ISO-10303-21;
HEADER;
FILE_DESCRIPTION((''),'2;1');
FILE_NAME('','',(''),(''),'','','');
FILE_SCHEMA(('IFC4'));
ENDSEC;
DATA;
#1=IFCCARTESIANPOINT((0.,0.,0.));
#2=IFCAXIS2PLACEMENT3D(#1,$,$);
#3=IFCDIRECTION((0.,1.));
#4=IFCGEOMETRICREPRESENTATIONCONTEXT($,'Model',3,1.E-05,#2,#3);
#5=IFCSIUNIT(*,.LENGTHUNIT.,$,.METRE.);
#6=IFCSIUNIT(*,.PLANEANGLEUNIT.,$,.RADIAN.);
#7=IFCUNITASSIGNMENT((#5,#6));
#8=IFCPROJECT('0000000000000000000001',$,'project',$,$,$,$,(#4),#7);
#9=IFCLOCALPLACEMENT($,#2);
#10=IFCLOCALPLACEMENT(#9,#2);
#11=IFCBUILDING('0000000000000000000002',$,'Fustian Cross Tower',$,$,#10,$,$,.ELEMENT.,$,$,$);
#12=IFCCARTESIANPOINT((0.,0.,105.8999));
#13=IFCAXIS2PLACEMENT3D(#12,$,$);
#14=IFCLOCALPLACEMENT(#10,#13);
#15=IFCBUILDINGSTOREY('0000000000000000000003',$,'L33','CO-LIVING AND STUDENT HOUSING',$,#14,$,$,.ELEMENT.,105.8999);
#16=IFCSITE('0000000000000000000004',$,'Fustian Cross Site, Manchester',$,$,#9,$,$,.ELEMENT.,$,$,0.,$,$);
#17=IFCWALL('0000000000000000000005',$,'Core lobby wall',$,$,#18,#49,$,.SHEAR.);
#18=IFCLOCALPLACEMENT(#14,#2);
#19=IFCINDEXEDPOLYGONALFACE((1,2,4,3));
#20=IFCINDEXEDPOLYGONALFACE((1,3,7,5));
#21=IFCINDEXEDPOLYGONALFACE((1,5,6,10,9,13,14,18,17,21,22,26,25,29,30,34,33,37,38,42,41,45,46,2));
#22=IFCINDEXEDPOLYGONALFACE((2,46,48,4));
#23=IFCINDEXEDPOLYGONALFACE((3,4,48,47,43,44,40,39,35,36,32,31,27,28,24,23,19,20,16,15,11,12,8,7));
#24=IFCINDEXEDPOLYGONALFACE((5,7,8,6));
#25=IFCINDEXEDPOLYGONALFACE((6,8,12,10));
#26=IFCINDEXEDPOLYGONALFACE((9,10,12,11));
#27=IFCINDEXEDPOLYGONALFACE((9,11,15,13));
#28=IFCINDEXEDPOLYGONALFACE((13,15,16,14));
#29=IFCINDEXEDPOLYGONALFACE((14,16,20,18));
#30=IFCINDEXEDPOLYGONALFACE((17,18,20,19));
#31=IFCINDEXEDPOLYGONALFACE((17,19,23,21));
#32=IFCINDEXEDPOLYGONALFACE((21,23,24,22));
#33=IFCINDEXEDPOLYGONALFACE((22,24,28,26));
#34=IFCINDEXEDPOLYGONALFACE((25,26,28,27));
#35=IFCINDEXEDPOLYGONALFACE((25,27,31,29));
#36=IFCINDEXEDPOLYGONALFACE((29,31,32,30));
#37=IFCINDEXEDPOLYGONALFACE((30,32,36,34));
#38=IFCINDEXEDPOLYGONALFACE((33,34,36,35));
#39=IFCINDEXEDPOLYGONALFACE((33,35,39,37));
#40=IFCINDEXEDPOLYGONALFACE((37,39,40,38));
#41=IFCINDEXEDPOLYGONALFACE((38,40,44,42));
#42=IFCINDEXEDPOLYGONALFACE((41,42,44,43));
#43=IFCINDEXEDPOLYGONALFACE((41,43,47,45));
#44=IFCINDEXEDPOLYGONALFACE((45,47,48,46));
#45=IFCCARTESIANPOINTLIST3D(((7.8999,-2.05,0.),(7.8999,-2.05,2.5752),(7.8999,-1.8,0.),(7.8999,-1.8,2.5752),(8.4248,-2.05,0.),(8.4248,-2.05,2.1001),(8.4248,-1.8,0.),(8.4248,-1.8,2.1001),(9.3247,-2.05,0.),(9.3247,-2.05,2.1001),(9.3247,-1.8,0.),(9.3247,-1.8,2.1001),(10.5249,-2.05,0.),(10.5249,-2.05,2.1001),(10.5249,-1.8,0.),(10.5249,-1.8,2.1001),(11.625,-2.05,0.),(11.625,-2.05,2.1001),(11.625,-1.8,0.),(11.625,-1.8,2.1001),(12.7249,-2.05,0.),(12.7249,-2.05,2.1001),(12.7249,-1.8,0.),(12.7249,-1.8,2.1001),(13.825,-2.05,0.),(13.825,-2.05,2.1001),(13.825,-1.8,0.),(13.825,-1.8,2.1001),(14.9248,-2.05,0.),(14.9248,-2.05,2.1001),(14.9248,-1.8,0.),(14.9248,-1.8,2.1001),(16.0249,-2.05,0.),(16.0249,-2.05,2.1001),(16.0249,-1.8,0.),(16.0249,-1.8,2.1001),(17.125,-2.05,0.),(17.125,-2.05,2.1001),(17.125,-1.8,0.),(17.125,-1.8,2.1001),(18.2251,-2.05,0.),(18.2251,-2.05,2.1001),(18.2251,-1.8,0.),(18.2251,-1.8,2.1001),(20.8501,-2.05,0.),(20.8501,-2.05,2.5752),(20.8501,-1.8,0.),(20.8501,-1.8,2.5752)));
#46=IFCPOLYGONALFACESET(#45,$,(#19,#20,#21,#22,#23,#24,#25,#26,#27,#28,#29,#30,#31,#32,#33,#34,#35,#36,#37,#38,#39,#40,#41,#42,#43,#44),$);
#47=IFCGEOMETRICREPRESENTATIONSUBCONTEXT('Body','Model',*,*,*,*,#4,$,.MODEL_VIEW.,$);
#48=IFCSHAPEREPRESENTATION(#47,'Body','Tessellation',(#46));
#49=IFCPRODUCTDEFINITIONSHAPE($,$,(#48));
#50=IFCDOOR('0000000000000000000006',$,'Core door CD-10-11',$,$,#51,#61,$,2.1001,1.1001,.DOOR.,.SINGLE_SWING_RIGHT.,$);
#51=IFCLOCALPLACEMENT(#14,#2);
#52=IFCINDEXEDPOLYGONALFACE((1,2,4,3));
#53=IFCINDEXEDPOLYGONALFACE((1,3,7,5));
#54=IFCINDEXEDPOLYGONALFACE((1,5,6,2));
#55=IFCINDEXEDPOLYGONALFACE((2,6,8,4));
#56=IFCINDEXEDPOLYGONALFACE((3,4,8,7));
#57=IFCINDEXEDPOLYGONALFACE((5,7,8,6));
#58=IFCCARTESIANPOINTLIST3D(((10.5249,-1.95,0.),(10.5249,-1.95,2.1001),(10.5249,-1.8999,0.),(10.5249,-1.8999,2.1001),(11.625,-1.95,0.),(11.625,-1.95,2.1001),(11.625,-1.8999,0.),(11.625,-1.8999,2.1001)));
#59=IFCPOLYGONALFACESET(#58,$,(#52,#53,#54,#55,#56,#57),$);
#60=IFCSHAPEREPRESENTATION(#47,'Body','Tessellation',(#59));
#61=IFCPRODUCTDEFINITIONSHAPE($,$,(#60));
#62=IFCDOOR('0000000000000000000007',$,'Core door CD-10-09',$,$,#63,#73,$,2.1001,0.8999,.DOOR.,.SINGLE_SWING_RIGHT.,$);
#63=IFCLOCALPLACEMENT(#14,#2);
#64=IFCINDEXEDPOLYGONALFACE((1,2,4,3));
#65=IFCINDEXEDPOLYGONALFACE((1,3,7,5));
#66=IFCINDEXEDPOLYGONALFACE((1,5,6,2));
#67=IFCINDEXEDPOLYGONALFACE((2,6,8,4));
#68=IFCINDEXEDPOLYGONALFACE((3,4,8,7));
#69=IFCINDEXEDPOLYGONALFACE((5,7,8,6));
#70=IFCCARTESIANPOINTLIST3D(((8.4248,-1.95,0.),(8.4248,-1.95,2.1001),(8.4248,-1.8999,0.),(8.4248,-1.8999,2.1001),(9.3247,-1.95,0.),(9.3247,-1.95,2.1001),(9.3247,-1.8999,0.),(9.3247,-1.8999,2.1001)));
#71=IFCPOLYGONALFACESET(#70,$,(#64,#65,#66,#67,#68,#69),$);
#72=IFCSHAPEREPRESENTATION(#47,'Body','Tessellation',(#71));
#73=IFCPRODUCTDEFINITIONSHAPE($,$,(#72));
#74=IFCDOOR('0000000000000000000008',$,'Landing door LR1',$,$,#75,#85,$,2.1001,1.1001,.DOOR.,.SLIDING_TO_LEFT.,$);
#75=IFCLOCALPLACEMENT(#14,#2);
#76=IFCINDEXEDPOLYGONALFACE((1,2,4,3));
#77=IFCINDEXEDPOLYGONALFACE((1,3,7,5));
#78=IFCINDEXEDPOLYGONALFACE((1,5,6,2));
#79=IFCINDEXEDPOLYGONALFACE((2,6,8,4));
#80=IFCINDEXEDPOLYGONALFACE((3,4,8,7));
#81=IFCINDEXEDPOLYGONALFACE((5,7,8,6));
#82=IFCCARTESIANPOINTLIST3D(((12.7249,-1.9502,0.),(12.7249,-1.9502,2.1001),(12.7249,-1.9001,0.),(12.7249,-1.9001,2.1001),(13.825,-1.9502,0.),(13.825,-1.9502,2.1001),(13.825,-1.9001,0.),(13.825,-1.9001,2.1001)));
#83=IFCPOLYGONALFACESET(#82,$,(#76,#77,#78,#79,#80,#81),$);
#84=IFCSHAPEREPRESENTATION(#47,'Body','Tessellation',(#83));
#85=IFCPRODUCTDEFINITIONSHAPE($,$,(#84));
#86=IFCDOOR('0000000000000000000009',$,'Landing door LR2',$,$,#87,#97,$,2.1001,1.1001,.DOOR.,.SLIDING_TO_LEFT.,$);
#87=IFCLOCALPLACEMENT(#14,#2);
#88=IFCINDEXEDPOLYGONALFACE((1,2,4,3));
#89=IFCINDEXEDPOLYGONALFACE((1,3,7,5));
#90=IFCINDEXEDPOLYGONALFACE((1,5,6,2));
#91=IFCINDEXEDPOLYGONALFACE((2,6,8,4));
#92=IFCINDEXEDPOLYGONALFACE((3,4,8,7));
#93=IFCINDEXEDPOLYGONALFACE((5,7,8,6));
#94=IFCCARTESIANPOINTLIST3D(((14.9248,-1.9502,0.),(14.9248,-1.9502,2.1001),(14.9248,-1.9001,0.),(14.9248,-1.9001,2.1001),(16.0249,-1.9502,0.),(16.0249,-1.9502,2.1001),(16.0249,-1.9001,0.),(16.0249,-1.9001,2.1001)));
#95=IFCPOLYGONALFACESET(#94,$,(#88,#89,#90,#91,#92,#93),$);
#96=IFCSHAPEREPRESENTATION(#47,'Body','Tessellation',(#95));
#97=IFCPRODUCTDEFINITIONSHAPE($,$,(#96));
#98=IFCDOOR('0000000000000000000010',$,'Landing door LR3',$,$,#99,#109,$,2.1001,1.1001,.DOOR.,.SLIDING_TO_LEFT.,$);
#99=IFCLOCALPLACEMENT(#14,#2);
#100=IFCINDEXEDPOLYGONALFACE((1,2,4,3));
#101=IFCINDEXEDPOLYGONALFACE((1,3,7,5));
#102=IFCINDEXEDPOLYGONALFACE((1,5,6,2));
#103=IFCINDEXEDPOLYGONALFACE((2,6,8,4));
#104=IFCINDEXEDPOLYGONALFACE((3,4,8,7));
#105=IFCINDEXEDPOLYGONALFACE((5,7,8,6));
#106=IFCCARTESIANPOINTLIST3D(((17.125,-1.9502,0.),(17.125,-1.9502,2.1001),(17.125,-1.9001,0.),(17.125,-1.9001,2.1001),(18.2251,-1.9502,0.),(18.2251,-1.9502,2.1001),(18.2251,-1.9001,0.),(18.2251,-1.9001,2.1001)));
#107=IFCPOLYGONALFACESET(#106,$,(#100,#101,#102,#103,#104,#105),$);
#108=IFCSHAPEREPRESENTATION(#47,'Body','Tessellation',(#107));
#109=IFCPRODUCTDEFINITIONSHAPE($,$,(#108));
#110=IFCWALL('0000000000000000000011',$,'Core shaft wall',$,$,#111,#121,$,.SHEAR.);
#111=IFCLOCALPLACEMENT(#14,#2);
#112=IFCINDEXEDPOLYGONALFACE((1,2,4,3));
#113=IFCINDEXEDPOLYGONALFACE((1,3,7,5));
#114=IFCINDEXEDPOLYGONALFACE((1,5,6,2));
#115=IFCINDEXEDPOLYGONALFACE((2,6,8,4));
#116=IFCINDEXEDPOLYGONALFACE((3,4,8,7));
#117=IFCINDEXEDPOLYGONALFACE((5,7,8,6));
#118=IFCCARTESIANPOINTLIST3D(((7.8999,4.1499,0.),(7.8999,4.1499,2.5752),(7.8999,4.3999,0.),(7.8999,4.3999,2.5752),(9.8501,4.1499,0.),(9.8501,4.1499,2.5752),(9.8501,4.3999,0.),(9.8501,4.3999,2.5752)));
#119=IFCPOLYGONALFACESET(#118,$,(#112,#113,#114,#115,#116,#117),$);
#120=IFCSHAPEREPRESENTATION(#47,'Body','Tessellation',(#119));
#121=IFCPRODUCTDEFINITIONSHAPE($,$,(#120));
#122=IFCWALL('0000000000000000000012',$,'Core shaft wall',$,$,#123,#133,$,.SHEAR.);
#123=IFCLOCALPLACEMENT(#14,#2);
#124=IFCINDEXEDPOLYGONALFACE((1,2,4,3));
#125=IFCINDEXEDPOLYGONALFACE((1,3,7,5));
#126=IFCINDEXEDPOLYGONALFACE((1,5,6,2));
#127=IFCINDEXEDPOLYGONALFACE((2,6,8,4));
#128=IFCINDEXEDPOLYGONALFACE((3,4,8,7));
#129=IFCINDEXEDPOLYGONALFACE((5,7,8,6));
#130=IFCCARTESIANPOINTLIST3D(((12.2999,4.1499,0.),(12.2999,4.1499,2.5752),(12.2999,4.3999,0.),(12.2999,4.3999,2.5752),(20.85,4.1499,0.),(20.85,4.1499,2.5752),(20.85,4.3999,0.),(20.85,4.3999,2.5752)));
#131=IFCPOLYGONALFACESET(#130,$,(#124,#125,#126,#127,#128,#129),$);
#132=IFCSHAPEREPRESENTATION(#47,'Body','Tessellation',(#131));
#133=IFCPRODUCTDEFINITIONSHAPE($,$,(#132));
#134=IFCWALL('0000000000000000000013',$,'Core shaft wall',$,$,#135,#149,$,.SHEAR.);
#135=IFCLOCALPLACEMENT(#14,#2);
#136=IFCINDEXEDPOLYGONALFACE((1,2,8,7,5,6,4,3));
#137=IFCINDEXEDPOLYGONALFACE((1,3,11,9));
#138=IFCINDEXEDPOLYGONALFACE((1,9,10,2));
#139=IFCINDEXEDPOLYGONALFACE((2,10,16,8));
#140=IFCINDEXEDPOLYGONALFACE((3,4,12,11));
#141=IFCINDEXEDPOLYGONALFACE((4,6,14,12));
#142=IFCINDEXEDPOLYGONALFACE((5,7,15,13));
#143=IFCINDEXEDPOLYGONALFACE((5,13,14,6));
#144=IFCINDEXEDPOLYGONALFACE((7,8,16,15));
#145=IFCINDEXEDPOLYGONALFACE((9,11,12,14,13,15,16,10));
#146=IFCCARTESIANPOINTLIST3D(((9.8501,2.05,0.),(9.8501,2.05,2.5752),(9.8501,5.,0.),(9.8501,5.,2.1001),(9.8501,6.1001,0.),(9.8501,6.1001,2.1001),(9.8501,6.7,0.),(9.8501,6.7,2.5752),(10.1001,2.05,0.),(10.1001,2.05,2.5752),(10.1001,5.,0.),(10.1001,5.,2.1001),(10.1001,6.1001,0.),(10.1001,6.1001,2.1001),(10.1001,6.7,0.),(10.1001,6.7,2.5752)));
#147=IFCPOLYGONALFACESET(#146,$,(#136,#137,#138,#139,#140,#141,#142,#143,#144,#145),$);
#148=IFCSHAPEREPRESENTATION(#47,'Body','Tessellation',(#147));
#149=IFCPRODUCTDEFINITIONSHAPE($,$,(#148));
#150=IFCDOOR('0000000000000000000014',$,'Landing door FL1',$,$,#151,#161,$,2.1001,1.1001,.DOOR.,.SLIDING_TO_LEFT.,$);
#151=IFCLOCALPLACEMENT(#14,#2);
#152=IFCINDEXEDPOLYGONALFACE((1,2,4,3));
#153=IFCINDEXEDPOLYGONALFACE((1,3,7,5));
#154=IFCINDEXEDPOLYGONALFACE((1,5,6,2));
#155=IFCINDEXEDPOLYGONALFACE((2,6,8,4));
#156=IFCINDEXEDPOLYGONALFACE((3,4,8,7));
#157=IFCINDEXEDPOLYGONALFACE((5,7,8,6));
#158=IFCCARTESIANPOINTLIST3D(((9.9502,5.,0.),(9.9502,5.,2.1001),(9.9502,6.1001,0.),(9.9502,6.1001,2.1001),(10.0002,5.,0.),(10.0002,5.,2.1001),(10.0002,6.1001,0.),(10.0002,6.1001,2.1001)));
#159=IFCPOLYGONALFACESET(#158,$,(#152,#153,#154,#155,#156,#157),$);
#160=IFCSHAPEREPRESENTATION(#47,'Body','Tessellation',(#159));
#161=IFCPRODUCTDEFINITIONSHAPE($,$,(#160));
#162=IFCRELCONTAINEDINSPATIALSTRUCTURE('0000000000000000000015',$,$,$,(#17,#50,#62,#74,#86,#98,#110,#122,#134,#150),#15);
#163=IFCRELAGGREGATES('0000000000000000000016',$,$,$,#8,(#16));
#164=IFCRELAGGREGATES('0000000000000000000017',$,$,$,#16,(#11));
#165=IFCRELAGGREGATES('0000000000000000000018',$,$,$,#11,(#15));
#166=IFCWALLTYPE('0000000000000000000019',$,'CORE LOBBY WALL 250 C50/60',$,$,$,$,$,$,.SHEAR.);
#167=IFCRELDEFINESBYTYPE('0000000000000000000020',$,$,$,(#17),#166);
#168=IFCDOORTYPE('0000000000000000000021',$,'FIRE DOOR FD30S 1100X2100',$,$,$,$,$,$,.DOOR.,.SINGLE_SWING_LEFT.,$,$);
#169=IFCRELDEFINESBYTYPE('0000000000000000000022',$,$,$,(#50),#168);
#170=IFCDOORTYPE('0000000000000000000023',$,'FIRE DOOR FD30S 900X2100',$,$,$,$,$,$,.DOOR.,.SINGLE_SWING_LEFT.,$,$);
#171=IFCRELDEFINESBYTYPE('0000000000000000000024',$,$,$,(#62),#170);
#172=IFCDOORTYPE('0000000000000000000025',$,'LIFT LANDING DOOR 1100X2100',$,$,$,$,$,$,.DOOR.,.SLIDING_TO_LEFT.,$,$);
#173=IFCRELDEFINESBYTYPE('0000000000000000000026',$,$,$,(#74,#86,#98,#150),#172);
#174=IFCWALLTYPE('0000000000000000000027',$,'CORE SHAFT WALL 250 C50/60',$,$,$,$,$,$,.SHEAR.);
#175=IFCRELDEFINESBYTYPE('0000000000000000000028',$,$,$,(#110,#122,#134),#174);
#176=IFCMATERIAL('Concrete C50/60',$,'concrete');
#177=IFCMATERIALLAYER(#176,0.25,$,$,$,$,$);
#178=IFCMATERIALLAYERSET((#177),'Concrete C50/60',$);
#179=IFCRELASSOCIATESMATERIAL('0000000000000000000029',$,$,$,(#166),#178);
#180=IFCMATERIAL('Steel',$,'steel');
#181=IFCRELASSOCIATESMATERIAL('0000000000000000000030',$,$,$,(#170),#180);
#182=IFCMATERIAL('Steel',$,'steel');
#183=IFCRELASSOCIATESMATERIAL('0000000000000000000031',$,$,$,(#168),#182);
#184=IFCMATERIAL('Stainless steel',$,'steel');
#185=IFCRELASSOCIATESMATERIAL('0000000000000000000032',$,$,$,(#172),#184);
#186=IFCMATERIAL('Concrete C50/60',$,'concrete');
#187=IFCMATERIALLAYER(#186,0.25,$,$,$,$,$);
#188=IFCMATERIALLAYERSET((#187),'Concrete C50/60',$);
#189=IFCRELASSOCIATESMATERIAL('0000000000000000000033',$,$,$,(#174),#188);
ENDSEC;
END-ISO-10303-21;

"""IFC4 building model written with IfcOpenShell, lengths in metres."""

from ifc_helpers import new_model, si_unit, direction, frame, frame_2d, origin, place, context, subcontext, project, spatial, rectangle, extrude, material, layer, layer_set, type_object, element, fill, save


model = new_model("IFC4")

# Units and contexts
model_context = context("Model", 3, precision=1e-05, world=origin(), true_north=direction((0.0, 1.0)))
body_context = subcontext(model_context, "Body", "Model", "MODEL_VIEW")
ifc_project = project(units=[si_unit("LENGTHUNIT", "METRE"), si_unit("PLANEANGLEUNIT", "RADIAN")], contexts=[model_context])

# Site, building, storey
site_placement = place(None, origin())
site = spatial("IfcSite", under=ifc_project, at=site_placement, Name="Fustian Cross Site, Manchester", CompositionType="ELEMENT", RefElevation=0.0)
building_placement = place(site_placement, origin())
building = spatial("IfcBuilding", under=site, at=building_placement, Name="Fustian Cross Tower", CompositionType="ELEMENT")
storey_placement = place(building_placement, frame((0.0, 0.0, 105.8999)))
storey = spatial("IfcBuildingStorey", under=building, at=storey_placement, Name="L33", Description="CO-LIVING AND STUDENT HOUSING", CompositionType="ELEMENT", Elevation=105.8999)

# Wall, openings, doors
ifc_material_1 = material(Name="Concrete C50/60", Category="concrete")
ifc_layer_1 = layer(ifc_material_1, 0.25)
ifc_layer_set_1 = layer_set([ifc_layer_1], Name="Concrete C50/60")
wall_type_1 = type_object("IfcWallType", Name="CORE LOBBY WALL 250 C50/60", PredefinedType="SHEAR", material=ifc_layer_set_1)
ifc_material_2 = material(Name="Steel", Category="steel")
door_type_1 = type_object("IfcDoorType", Name="FIRE DOOR FD30S 900X2100", OperationType="SINGLE_SWING_LEFT", PredefinedType="DOOR", material=ifc_material_2)
wall_1_placement = place(storey_placement, frame((7.8999, -1.925, 0.0), z_axis=(0.0, 0.0, 1.0), x_axis=(1.0, 0.0, 0.0)))
wall_1 = element("IfcWall", 1, at=wall_1_placement, inside=storey, type_object=wall_type_1, Name="Core lobby wall", PredefinedType="SHEAR", context=body_context, shape_type="SweptSolid", body=[
    extrude(rectangle(XDim=12.9502, YDim=0.25, at=frame_2d((6.4751, 0.0))), origin(), (0.0, 0.0, 1.0), 2.5752),
])
opening_1_placement = place(wall_1_placement, frame((4.825, 0.0, 0.0)))
opening_1 = element("IfcOpeningElement", 2, at=opening_1_placement, cuts=wall_1, PredefinedType="OPENING", context=body_context, shape_type="SweptSolid", body=[
    extrude(rectangle(XDim=1.1001, YDim=2.1001, at=frame_2d((0.55, 1.05))), frame((0.0, 0.135, 0.0), z_axis=(0.0, -1.0, 0.0), x_axis=(1.0, 0.0, 0.0)), (0.0, 0.0, 1.0), 0.27),
])
opening_2_placement = place(wall_1_placement, frame((7.0249, 0.0, 0.0)))
opening_2 = element("IfcOpeningElement", 3, at=opening_2_placement, cuts=wall_1, PredefinedType="OPENING", context=body_context, shape_type="SweptSolid", body=[
    extrude(rectangle(XDim=1.1001, YDim=2.1001, at=frame_2d((0.55, 1.05))), frame((0.0, 0.135, 0.0), z_axis=(0.0, -1.0, 0.0), x_axis=(1.0, 0.0, 0.0)), (0.0, 0.0, 1.0), 0.27),
])
opening_3_placement = place(wall_1_placement, frame((9.2251, 0.0, 0.0)))
opening_3 = element("IfcOpeningElement", 4, at=opening_3_placement, cuts=wall_1, PredefinedType="OPENING", context=body_context, shape_type="SweptSolid", body=[
    extrude(rectangle(XDim=1.1001, YDim=2.1001, at=frame_2d((0.55, 1.05))), frame((0.0, 0.135, 0.0), z_axis=(0.0, -1.0, 0.0), x_axis=(1.0, 0.0, 0.0)), (0.0, 0.0, 1.0), 0.27),
])
opening_4_placement = place(wall_1_placement, frame((0.5249, 0.0, 0.0)))
opening_4 = element("IfcOpeningElement", 5, at=opening_4_placement, cuts=wall_1, PredefinedType="OPENING", context=body_context, shape_type="SweptSolid", body=[
    extrude(rectangle(XDim=0.8999, YDim=2.1001, at=frame_2d((0.45, 1.05))), frame((0.0, 0.135, 0.0), z_axis=(0.0, -1.0, 0.0), x_axis=(1.0, 0.0, 0.0)), (0.0, 0.0, 1.0), 0.27),
])
opening_5_placement = place(wall_1_placement, frame((2.625, 0.0, 0.0)))
opening_5 = element("IfcOpeningElement", 6, at=opening_5_placement, cuts=wall_1, PredefinedType="OPENING", context=body_context, shape_type="SweptSolid", body=[
    extrude(rectangle(XDim=1.1001, YDim=2.1001, at=frame_2d((0.55, 1.05))), frame((0.0, 0.135, 0.0), z_axis=(0.0, -1.0, 0.0), x_axis=(1.0, 0.0, 0.0)), (0.0, 0.0, 1.0), 0.27),
])
ifc_material_3 = material(Name="Steel", Category="steel")
door_type_2 = type_object("IfcDoorType", Name="FIRE DOOR FD30S 1100X2100", OperationType="SINGLE_SWING_LEFT", PredefinedType="DOOR", material=ifc_material_3)
door_1_placement = place(opening_5_placement, frame((1.1001, 0.0, 0.0), z_axis=(0.0, 0.0, 1.0), x_axis=(-1.0, 0.0, 0.0)))
door_1 = element("IfcDoor", 7, at=door_1_placement, inside=storey, type_object=door_type_2, Name="Core door CD-10-11", OperationType="SINGLE_SWING_RIGHT", OverallHeight=2.1001, OverallWidth=1.1001, PredefinedType="DOOR", context=body_context, shape_type="SweptSolid", body=[
    extrude(rectangle(XDim=1.1001, YDim=2.1001, at=frame_2d((0.55, 1.05))), frame((0.0, 0.0249, 0.0), z_axis=(0.0, -1.0, 0.0), x_axis=(1.0, 0.0, 0.0)), (0.0, 0.0, 1.0), 0.05),
])
fill(opening_5, door_1)
door_2_placement = place(opening_4_placement, frame((0.8999, 0.0, 0.0), z_axis=(0.0, 0.0, 1.0), x_axis=(-1.0, 0.0, 0.0)))
door_2 = element("IfcDoor", 8, at=door_2_placement, inside=storey, type_object=door_type_1, Name="Core door CD-10-09", OperationType="SINGLE_SWING_RIGHT", OverallHeight=2.1001, OverallWidth=0.8999, PredefinedType="DOOR", context=body_context, shape_type="SweptSolid", body=[
    extrude(rectangle(XDim=0.8999, YDim=2.1001, at=frame_2d((0.45, 1.05))), frame((0.0, 0.0249, 0.0), z_axis=(0.0, -1.0, 0.0), x_axis=(1.0, 0.0, 0.0)), (0.0, 0.0, 1.0), 0.05),
])
fill(opening_4, door_2)
ifc_material_4 = material(Name="Stainless steel", Category="steel")
door_type_3 = type_object("IfcDoorType", Name="LIFT LANDING DOOR 1100X2100", OperationType="SLIDING_TO_LEFT", PredefinedType="DOOR", material=ifc_material_4)
door_3_placement = place(opening_1_placement, origin())
door_3 = element("IfcDoor", 9, at=door_3_placement, inside=storey, type_object=door_type_3, Name="Landing door LR1", OperationType="SLIDING_TO_LEFT", OverallHeight=2.1001, OverallWidth=1.1001, PredefinedType="DOOR", context=body_context, shape_type="SweptSolid", body=[
    extrude(rectangle(XDim=1.1001, YDim=2.1001, at=frame_2d((0.55, 1.05))), frame((0.0, 0.0249, 0.0), z_axis=(0.0, -1.0, 0.0), x_axis=(1.0, 0.0, 0.0)), (0.0, 0.0, 1.0), 0.05),
])
fill(opening_1, door_3)
door_4_placement = place(opening_2_placement, origin())
door_4 = element("IfcDoor", 10, at=door_4_placement, inside=storey, type_object=door_type_3, Name="Landing door LR2", OperationType="SLIDING_TO_LEFT", OverallHeight=2.1001, OverallWidth=1.1001, PredefinedType="DOOR", context=body_context, shape_type="SweptSolid", body=[
    extrude(rectangle(XDim=1.1001, YDim=2.1001, at=frame_2d((0.55, 1.05))), frame((0.0, 0.0249, 0.0), z_axis=(0.0, -1.0, 0.0), x_axis=(1.0, 0.0, 0.0)), (0.0, 0.0, 1.0), 0.05),
])
fill(opening_2, door_4)
door_5_placement = place(opening_3_placement, origin())
door_5 = element("IfcDoor", 11, at=door_5_placement, inside=storey, type_object=door_type_3, Name="Landing door LR3", OperationType="SLIDING_TO_LEFT", OverallHeight=2.1001, OverallWidth=1.1001, PredefinedType="DOOR", context=body_context, shape_type="SweptSolid", body=[
    extrude(rectangle(XDim=1.1001, YDim=2.1001, at=frame_2d((0.55, 1.05))), frame((0.0, 0.0249, 0.0), z_axis=(0.0, -1.0, 0.0), x_axis=(1.0, 0.0, 0.0)), (0.0, 0.0, 1.0), 0.05),
])
fill(opening_3, door_5)

# Walls
ifc_material_5 = material(Name="Concrete C50/60", Category="concrete")
ifc_layer_2 = layer(ifc_material_5, 0.25)
ifc_layer_set_2 = layer_set([ifc_layer_2], Name="Concrete C50/60")
wall_type_2 = type_object("IfcWallType", Name="CORE SHAFT WALL 250 C50/60", PredefinedType="SHEAR", material=ifc_layer_set_2)
wall_2_placement = place(storey_placement, frame((7.8999, 4.2749, 0.0), z_axis=(0.0, 0.0, 1.0), x_axis=(1.0, 0.0, 0.0)))
element("IfcWall", 12, at=wall_2_placement, inside=storey, type_object=wall_type_2, Name="Core shaft wall", PredefinedType="SHEAR", context=body_context, shape_type="SweptSolid", body=[
    extrude(rectangle(XDim=1.9502, YDim=0.25, at=frame_2d((0.9751, 0.0))), origin(), (0.0, 0.0, 1.0), 2.5752),
])
wall_3_placement = place(storey_placement, frame((12.3, 4.2749, 0.0), z_axis=(0.0, 0.0, 1.0), x_axis=(1.0, 0.0, 0.0)))
element("IfcWall", 13, at=wall_3_placement, inside=storey, type_object=wall_type_2, Name="Core shaft wall", PredefinedType="SHEAR", context=body_context, shape_type="SweptSolid", body=[
    extrude(rectangle(XDim=8.55, YDim=0.25, at=frame_2d((4.2749, 0.0))), origin(), (0.0, 0.0, 1.0), 2.5752),
])

# Wall, opening, door
wall_4_placement = place(storey_placement, frame((9.9751, 2.05, 0.0), z_axis=(0.0, 0.0, 1.0), x_axis=(0.0, 1.0, 0.0)))
wall_4 = element("IfcWall", 14, at=wall_4_placement, inside=storey, type_object=wall_type_2, Name="Core shaft wall", PredefinedType="SHEAR", context=body_context, shape_type="SweptSolid", body=[
    extrude(rectangle(XDim=4.6499, YDim=0.25, at=frame_2d((2.325, 0.0))), origin(), (0.0, 0.0, 1.0), 2.5752),
])
opening_6_placement = place(wall_4_placement, frame((2.95, 0.0, 0.0)))
opening_6 = element("IfcOpeningElement", 15, at=opening_6_placement, cuts=wall_4, PredefinedType="OPENING", context=body_context, shape_type="SweptSolid", body=[
    extrude(rectangle(XDim=1.1001, YDim=2.1001, at=frame_2d((0.55, 1.05))), frame((0.0, 0.135, 0.0), z_axis=(0.0, -1.0, 0.0), x_axis=(1.0, 0.0, 0.0)), (0.0, 0.0, 1.0), 0.27),
])
door_6_placement = place(opening_6_placement, origin())
door_6 = element("IfcDoor", 16, at=door_6_placement, inside=storey, type_object=door_type_3, Name="Landing door FL1", OperationType="SLIDING_TO_LEFT", OverallHeight=2.1001, OverallWidth=1.1001, PredefinedType="DOOR", context=body_context, shape_type="SweptSolid", body=[
    extrude(rectangle(XDim=1.1001, YDim=2.1001, at=frame_2d((0.55, 1.05))), frame((0.0, 0.0249, 0.0), z_axis=(0.0, -1.0, 0.0), x_axis=(1.0, 0.0, 0.0)), (0.0, 0.0, 1.0), 0.05),
])
fill(opening_6, door_6)

save(model, "model.ifc")
